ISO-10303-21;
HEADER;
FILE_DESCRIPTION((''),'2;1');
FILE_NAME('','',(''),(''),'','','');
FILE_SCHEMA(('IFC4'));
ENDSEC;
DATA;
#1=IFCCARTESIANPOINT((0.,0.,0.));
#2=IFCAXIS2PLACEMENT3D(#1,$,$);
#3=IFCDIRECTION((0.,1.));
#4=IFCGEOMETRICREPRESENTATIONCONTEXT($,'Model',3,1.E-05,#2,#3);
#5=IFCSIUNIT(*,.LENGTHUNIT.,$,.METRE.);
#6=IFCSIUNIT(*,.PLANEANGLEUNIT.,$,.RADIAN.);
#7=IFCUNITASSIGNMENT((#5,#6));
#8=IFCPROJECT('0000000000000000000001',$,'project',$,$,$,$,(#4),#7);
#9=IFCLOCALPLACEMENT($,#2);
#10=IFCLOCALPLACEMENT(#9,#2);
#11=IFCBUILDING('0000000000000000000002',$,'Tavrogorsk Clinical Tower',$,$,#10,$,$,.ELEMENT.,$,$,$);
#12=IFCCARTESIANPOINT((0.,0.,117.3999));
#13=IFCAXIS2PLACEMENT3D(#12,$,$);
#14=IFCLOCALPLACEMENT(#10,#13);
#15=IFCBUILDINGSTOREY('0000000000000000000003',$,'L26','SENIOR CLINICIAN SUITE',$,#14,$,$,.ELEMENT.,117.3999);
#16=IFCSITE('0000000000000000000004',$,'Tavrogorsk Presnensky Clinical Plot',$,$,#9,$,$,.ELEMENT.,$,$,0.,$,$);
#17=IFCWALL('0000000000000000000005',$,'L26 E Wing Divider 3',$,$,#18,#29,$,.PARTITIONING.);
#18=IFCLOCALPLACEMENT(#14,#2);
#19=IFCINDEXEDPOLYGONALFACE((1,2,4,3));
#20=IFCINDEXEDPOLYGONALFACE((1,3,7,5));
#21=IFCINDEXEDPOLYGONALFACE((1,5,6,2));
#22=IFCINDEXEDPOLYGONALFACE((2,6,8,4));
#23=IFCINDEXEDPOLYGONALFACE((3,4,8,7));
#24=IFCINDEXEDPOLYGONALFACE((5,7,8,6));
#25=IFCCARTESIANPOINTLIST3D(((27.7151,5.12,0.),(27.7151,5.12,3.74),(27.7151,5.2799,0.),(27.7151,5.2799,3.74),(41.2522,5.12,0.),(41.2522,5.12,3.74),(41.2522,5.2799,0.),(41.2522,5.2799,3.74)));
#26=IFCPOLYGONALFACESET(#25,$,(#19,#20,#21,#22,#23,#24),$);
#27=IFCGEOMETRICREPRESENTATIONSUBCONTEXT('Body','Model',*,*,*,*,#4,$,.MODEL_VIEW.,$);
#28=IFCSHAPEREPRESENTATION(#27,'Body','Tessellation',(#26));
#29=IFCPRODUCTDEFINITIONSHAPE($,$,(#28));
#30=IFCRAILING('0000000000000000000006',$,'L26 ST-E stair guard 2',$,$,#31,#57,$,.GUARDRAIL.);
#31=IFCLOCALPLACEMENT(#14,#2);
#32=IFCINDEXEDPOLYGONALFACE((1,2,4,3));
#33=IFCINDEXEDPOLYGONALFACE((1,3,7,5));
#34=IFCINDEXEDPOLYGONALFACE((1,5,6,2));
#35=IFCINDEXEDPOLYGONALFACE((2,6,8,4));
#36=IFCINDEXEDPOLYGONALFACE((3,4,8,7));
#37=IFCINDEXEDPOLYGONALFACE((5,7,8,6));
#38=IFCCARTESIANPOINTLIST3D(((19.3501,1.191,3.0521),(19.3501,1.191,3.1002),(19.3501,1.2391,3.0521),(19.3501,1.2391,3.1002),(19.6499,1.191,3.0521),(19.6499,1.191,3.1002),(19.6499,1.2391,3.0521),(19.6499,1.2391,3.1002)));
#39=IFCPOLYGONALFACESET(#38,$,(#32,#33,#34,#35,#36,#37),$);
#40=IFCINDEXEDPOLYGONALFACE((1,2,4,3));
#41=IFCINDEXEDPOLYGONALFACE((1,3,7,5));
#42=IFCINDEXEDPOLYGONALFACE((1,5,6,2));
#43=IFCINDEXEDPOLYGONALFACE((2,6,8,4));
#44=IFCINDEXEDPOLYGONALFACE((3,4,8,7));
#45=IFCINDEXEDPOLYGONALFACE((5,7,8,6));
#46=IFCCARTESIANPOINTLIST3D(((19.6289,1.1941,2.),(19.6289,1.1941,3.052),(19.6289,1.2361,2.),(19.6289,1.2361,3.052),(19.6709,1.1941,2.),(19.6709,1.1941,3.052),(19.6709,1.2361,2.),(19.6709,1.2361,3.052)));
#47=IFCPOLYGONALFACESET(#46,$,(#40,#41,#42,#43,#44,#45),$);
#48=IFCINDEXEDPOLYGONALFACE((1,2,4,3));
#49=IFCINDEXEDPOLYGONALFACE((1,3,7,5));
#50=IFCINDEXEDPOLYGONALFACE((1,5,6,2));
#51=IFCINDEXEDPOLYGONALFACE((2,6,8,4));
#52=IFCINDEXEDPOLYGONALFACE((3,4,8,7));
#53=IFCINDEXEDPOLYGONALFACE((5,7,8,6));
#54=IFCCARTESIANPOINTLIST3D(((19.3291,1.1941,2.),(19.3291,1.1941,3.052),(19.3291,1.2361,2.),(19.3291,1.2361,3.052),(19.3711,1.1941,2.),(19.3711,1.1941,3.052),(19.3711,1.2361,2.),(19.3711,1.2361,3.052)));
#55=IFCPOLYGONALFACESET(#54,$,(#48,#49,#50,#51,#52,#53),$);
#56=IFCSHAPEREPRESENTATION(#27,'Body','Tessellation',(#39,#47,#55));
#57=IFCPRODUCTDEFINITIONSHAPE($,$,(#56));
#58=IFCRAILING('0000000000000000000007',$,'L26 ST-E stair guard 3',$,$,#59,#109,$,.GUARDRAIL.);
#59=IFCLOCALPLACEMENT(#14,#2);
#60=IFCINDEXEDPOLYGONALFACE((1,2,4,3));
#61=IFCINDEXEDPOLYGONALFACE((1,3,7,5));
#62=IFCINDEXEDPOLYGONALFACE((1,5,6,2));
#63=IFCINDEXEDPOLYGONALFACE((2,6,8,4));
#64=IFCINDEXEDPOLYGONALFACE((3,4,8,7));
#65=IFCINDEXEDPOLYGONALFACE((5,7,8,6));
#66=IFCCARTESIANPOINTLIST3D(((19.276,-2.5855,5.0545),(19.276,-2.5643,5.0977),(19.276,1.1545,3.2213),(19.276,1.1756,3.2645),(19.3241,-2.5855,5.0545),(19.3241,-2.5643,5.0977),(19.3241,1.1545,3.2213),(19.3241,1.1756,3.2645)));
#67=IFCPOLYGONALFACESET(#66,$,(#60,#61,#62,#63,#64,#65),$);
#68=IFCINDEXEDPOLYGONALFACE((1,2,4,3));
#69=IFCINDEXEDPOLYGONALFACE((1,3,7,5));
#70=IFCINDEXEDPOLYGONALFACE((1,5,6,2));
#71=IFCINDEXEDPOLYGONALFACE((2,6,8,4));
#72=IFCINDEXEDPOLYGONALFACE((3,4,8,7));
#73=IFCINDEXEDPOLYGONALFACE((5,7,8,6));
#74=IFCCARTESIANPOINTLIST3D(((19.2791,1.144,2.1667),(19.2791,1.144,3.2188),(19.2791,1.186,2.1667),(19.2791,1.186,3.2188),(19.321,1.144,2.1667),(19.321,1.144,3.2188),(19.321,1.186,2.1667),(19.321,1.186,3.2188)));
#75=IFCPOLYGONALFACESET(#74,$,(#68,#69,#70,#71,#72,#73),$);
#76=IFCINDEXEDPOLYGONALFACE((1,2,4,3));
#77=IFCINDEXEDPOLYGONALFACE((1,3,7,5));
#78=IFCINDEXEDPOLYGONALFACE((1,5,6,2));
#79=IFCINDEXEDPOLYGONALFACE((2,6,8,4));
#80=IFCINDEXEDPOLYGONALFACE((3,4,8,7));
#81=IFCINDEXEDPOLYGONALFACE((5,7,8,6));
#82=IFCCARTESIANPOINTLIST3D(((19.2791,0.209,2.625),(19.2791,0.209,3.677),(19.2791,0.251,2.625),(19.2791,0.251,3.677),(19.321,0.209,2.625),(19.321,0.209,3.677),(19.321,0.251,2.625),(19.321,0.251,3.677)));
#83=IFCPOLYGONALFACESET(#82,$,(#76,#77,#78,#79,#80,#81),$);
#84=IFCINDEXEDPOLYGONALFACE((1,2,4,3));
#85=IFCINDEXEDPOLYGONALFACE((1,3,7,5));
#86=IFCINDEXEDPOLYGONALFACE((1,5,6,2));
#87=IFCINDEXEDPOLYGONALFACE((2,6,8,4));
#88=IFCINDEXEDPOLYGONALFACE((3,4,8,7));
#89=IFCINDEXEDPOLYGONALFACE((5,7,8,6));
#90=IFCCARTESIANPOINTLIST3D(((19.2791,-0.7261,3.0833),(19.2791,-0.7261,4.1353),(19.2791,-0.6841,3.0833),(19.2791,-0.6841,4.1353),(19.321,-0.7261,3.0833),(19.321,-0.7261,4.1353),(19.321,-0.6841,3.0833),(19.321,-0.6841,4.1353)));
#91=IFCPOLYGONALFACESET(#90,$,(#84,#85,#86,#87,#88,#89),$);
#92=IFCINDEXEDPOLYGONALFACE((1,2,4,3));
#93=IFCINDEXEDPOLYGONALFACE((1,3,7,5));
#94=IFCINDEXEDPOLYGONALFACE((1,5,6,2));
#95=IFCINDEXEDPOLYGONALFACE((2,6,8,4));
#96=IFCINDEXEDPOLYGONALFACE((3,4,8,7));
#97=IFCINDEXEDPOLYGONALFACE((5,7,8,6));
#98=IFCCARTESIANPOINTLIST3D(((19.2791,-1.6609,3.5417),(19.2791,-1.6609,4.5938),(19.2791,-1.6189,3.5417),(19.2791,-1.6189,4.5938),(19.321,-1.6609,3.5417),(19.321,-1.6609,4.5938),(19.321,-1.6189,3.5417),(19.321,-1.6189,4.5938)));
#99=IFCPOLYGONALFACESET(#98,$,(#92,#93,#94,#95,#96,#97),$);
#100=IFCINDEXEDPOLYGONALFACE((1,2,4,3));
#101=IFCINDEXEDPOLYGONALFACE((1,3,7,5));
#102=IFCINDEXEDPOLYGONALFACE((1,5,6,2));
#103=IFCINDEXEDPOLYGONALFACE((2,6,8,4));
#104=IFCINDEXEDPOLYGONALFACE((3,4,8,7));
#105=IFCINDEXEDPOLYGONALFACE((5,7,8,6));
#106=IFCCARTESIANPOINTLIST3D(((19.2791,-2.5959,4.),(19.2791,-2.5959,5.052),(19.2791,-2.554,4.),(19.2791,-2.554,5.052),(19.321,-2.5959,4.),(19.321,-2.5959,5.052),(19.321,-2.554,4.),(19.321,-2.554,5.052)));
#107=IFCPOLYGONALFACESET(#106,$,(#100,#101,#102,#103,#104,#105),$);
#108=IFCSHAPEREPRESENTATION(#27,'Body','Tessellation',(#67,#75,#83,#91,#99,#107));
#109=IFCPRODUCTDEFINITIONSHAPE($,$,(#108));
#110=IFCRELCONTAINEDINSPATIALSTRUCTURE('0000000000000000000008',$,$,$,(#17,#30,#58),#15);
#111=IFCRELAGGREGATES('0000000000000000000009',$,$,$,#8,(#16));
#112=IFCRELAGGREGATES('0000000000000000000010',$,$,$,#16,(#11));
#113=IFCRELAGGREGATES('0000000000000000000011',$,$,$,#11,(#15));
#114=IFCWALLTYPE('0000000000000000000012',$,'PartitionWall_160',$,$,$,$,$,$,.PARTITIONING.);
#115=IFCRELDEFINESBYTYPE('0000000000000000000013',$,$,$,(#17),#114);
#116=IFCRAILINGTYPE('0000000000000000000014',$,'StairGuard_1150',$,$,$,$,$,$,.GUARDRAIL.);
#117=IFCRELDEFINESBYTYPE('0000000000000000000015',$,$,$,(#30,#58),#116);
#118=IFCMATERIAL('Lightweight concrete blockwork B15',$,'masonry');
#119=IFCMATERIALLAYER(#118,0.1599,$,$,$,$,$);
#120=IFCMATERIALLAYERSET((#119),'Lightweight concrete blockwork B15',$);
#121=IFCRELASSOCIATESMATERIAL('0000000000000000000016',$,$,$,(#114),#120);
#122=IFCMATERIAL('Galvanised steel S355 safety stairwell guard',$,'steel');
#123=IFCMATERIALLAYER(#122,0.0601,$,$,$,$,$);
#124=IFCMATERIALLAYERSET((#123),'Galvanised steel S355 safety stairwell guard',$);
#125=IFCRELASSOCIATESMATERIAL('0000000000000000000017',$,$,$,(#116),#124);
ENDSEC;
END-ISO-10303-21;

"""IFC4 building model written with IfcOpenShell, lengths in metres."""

from ifc_helpers import new_model, si_unit, direction, frame, frame_2d, origin, origin_2d, place, context, subcontext, project, spatial, rectangle, extrude, material, layer, layer_set, type_object, element, save


model = new_model("IFC4")

# Units and contexts
model_context = context("Model", 3, precision=1e-05, world=origin(), true_north=direction((0.0, 1.0)))
body_context = subcontext(model_context, "Body", "Model", "MODEL_VIEW")
ifc_project = project(units=[si_unit("LENGTHUNIT", "METRE"), si_unit("PLANEANGLEUNIT", "RADIAN")], contexts=[model_context])

# Site, building, storey
site_placement = place(None, origin())
site = spatial("IfcSite", under=ifc_project, at=site_placement, Name="Tavrogorsk Presnensky Clinical Plot", CompositionType="ELEMENT", RefElevation=0.0)
building_placement = place(site_placement, origin())
building = spatial("IfcBuilding", under=site, at=building_placement, Name="Tavrogorsk Clinical Tower", CompositionType="ELEMENT")
storey_placement = place(building_placement, frame((0.0, 0.0, 117.3999)))
storey = spatial("IfcBuildingStorey", under=building, at=storey_placement, Name="L26", Description="SENIOR CLINICIAN SUITE", CompositionType="ELEMENT", Elevation=117.3999)

# Shared definitions
ifc_material_1 = material(Name="Lightweight concrete blockwork B15", Category="masonry")
ifc_layer_1 = layer(ifc_material_1, 0.1599)
ifc_layer_set_1 = layer_set([ifc_layer_1], Name="Lightweight concrete blockwork B15")
wall_type = type_object("IfcWallType", Name="PartitionWall_160", PredefinedType="PARTITIONING", material=ifc_layer_set_1)

# Wall
wall_1_placement = place(storey_placement, frame((27.7151, 5.2, 0.0), z_axis=(0.0, 0.0, 1.0), x_axis=(1.0, 0.0, 0.0)))
element("IfcWall", 1, at=wall_1_placement, inside=storey, type_object=wall_type, Name="L26 E Wing Divider 3", PredefinedType="PARTITIONING", context=body_context, shape_type="SweptSolid", body=[
    extrude(rectangle(XDim=13.5371, YDim=0.1599, at=frame_2d((6.7686, 0.0))), origin(), (0.0, 0.0, 1.0), 3.74),
])

# Railings
ifc_material_2 = material(Name="Galvanised steel S355 safety stairwell guard", Category="steel")
ifc_layer_2 = layer(ifc_material_2, 0.0601)
ifc_layer_set_2 = layer_set([ifc_layer_2], Name="Galvanised steel S355 safety stairwell guard")
railing_type = type_object("IfcRailingType", Name="StairGuard_1150", PredefinedType="GUARDRAIL", material=ifc_layer_set_2)
railing_1_placement = place(storey_placement, frame((19.6499, 1.2151, 2.0)))
element("IfcRailing", 2, at=railing_1_placement, inside=storey, type_object=railing_type, Name="L26 ST-E stair guard 2", PredefinedType="GUARDRAIL", context=body_context, shape_type="SweptSolid", body=[
    extrude(rectangle(XDim=0.0481, YDim=0.0481, at=origin_2d()), frame((0.0, 0.0, 1.0762), z_axis=(-1.0, 0.0, 0.0), x_axis=(0.0, -1.0, 0.0)), (0.0, 0.0, 1.0), 0.2998),
    extrude(rectangle(XDim=0.042, YDim=0.042, at=origin_2d()), origin(), (0.0, 0.0, 1.0), 1.052),
    extrude(rectangle(XDim=0.042, YDim=0.042, at=origin_2d()), frame((-0.2998, 0.0, 0.0)), (0.0, 0.0, 1.0), 1.052),
])
railing_2_placement = place(storey_placement, frame((19.3, 1.165, 2.1667)))
element("IfcRailing", 3, at=railing_2_placement, inside=storey, type_object=railing_type, Name="L26 ST-E stair guard 3", PredefinedType="GUARDRAIL", context=body_context, shape_type="SweptSolid", body=[
    extrude(rectangle(XDim=0.0481, YDim=0.0481, at=origin_2d()), frame((0.0, 0.0, 1.0762), z_axis=(0.0, -0.897928, 0.440142), x_axis=(1.0, 0.0, 0.0)), (0.0, 0.0, 1.0), 4.165),
    extrude(rectangle(XDim=0.042, YDim=0.042, at=origin_2d()), origin(), (0.0, 0.0, 1.0), 1.052),
    extrude(rectangle(XDim=0.042, YDim=0.042, at=origin_2d()), frame((0.0, -0.9351, 0.4583)), (0.0, 0.0, 1.0), 1.052),
    extrude(rectangle(XDim=0.042, YDim=0.042, at=origin_2d()), frame((0.0, -1.8701, 0.9165)), (0.0, 0.0, 1.0), 1.052),
    extrude(rectangle(XDim=0.042, YDim=0.042, at=origin_2d()), frame((0.0, -2.8049, 1.375)), (0.0, 0.0, 1.0), 1.052),
    extrude(rectangle(XDim=0.042, YDim=0.042, at=origin_2d()), frame((0.0, -3.74, 1.8333)), (0.0, 0.0, 1.0), 1.052),
])

save(model, "model.ifc")
